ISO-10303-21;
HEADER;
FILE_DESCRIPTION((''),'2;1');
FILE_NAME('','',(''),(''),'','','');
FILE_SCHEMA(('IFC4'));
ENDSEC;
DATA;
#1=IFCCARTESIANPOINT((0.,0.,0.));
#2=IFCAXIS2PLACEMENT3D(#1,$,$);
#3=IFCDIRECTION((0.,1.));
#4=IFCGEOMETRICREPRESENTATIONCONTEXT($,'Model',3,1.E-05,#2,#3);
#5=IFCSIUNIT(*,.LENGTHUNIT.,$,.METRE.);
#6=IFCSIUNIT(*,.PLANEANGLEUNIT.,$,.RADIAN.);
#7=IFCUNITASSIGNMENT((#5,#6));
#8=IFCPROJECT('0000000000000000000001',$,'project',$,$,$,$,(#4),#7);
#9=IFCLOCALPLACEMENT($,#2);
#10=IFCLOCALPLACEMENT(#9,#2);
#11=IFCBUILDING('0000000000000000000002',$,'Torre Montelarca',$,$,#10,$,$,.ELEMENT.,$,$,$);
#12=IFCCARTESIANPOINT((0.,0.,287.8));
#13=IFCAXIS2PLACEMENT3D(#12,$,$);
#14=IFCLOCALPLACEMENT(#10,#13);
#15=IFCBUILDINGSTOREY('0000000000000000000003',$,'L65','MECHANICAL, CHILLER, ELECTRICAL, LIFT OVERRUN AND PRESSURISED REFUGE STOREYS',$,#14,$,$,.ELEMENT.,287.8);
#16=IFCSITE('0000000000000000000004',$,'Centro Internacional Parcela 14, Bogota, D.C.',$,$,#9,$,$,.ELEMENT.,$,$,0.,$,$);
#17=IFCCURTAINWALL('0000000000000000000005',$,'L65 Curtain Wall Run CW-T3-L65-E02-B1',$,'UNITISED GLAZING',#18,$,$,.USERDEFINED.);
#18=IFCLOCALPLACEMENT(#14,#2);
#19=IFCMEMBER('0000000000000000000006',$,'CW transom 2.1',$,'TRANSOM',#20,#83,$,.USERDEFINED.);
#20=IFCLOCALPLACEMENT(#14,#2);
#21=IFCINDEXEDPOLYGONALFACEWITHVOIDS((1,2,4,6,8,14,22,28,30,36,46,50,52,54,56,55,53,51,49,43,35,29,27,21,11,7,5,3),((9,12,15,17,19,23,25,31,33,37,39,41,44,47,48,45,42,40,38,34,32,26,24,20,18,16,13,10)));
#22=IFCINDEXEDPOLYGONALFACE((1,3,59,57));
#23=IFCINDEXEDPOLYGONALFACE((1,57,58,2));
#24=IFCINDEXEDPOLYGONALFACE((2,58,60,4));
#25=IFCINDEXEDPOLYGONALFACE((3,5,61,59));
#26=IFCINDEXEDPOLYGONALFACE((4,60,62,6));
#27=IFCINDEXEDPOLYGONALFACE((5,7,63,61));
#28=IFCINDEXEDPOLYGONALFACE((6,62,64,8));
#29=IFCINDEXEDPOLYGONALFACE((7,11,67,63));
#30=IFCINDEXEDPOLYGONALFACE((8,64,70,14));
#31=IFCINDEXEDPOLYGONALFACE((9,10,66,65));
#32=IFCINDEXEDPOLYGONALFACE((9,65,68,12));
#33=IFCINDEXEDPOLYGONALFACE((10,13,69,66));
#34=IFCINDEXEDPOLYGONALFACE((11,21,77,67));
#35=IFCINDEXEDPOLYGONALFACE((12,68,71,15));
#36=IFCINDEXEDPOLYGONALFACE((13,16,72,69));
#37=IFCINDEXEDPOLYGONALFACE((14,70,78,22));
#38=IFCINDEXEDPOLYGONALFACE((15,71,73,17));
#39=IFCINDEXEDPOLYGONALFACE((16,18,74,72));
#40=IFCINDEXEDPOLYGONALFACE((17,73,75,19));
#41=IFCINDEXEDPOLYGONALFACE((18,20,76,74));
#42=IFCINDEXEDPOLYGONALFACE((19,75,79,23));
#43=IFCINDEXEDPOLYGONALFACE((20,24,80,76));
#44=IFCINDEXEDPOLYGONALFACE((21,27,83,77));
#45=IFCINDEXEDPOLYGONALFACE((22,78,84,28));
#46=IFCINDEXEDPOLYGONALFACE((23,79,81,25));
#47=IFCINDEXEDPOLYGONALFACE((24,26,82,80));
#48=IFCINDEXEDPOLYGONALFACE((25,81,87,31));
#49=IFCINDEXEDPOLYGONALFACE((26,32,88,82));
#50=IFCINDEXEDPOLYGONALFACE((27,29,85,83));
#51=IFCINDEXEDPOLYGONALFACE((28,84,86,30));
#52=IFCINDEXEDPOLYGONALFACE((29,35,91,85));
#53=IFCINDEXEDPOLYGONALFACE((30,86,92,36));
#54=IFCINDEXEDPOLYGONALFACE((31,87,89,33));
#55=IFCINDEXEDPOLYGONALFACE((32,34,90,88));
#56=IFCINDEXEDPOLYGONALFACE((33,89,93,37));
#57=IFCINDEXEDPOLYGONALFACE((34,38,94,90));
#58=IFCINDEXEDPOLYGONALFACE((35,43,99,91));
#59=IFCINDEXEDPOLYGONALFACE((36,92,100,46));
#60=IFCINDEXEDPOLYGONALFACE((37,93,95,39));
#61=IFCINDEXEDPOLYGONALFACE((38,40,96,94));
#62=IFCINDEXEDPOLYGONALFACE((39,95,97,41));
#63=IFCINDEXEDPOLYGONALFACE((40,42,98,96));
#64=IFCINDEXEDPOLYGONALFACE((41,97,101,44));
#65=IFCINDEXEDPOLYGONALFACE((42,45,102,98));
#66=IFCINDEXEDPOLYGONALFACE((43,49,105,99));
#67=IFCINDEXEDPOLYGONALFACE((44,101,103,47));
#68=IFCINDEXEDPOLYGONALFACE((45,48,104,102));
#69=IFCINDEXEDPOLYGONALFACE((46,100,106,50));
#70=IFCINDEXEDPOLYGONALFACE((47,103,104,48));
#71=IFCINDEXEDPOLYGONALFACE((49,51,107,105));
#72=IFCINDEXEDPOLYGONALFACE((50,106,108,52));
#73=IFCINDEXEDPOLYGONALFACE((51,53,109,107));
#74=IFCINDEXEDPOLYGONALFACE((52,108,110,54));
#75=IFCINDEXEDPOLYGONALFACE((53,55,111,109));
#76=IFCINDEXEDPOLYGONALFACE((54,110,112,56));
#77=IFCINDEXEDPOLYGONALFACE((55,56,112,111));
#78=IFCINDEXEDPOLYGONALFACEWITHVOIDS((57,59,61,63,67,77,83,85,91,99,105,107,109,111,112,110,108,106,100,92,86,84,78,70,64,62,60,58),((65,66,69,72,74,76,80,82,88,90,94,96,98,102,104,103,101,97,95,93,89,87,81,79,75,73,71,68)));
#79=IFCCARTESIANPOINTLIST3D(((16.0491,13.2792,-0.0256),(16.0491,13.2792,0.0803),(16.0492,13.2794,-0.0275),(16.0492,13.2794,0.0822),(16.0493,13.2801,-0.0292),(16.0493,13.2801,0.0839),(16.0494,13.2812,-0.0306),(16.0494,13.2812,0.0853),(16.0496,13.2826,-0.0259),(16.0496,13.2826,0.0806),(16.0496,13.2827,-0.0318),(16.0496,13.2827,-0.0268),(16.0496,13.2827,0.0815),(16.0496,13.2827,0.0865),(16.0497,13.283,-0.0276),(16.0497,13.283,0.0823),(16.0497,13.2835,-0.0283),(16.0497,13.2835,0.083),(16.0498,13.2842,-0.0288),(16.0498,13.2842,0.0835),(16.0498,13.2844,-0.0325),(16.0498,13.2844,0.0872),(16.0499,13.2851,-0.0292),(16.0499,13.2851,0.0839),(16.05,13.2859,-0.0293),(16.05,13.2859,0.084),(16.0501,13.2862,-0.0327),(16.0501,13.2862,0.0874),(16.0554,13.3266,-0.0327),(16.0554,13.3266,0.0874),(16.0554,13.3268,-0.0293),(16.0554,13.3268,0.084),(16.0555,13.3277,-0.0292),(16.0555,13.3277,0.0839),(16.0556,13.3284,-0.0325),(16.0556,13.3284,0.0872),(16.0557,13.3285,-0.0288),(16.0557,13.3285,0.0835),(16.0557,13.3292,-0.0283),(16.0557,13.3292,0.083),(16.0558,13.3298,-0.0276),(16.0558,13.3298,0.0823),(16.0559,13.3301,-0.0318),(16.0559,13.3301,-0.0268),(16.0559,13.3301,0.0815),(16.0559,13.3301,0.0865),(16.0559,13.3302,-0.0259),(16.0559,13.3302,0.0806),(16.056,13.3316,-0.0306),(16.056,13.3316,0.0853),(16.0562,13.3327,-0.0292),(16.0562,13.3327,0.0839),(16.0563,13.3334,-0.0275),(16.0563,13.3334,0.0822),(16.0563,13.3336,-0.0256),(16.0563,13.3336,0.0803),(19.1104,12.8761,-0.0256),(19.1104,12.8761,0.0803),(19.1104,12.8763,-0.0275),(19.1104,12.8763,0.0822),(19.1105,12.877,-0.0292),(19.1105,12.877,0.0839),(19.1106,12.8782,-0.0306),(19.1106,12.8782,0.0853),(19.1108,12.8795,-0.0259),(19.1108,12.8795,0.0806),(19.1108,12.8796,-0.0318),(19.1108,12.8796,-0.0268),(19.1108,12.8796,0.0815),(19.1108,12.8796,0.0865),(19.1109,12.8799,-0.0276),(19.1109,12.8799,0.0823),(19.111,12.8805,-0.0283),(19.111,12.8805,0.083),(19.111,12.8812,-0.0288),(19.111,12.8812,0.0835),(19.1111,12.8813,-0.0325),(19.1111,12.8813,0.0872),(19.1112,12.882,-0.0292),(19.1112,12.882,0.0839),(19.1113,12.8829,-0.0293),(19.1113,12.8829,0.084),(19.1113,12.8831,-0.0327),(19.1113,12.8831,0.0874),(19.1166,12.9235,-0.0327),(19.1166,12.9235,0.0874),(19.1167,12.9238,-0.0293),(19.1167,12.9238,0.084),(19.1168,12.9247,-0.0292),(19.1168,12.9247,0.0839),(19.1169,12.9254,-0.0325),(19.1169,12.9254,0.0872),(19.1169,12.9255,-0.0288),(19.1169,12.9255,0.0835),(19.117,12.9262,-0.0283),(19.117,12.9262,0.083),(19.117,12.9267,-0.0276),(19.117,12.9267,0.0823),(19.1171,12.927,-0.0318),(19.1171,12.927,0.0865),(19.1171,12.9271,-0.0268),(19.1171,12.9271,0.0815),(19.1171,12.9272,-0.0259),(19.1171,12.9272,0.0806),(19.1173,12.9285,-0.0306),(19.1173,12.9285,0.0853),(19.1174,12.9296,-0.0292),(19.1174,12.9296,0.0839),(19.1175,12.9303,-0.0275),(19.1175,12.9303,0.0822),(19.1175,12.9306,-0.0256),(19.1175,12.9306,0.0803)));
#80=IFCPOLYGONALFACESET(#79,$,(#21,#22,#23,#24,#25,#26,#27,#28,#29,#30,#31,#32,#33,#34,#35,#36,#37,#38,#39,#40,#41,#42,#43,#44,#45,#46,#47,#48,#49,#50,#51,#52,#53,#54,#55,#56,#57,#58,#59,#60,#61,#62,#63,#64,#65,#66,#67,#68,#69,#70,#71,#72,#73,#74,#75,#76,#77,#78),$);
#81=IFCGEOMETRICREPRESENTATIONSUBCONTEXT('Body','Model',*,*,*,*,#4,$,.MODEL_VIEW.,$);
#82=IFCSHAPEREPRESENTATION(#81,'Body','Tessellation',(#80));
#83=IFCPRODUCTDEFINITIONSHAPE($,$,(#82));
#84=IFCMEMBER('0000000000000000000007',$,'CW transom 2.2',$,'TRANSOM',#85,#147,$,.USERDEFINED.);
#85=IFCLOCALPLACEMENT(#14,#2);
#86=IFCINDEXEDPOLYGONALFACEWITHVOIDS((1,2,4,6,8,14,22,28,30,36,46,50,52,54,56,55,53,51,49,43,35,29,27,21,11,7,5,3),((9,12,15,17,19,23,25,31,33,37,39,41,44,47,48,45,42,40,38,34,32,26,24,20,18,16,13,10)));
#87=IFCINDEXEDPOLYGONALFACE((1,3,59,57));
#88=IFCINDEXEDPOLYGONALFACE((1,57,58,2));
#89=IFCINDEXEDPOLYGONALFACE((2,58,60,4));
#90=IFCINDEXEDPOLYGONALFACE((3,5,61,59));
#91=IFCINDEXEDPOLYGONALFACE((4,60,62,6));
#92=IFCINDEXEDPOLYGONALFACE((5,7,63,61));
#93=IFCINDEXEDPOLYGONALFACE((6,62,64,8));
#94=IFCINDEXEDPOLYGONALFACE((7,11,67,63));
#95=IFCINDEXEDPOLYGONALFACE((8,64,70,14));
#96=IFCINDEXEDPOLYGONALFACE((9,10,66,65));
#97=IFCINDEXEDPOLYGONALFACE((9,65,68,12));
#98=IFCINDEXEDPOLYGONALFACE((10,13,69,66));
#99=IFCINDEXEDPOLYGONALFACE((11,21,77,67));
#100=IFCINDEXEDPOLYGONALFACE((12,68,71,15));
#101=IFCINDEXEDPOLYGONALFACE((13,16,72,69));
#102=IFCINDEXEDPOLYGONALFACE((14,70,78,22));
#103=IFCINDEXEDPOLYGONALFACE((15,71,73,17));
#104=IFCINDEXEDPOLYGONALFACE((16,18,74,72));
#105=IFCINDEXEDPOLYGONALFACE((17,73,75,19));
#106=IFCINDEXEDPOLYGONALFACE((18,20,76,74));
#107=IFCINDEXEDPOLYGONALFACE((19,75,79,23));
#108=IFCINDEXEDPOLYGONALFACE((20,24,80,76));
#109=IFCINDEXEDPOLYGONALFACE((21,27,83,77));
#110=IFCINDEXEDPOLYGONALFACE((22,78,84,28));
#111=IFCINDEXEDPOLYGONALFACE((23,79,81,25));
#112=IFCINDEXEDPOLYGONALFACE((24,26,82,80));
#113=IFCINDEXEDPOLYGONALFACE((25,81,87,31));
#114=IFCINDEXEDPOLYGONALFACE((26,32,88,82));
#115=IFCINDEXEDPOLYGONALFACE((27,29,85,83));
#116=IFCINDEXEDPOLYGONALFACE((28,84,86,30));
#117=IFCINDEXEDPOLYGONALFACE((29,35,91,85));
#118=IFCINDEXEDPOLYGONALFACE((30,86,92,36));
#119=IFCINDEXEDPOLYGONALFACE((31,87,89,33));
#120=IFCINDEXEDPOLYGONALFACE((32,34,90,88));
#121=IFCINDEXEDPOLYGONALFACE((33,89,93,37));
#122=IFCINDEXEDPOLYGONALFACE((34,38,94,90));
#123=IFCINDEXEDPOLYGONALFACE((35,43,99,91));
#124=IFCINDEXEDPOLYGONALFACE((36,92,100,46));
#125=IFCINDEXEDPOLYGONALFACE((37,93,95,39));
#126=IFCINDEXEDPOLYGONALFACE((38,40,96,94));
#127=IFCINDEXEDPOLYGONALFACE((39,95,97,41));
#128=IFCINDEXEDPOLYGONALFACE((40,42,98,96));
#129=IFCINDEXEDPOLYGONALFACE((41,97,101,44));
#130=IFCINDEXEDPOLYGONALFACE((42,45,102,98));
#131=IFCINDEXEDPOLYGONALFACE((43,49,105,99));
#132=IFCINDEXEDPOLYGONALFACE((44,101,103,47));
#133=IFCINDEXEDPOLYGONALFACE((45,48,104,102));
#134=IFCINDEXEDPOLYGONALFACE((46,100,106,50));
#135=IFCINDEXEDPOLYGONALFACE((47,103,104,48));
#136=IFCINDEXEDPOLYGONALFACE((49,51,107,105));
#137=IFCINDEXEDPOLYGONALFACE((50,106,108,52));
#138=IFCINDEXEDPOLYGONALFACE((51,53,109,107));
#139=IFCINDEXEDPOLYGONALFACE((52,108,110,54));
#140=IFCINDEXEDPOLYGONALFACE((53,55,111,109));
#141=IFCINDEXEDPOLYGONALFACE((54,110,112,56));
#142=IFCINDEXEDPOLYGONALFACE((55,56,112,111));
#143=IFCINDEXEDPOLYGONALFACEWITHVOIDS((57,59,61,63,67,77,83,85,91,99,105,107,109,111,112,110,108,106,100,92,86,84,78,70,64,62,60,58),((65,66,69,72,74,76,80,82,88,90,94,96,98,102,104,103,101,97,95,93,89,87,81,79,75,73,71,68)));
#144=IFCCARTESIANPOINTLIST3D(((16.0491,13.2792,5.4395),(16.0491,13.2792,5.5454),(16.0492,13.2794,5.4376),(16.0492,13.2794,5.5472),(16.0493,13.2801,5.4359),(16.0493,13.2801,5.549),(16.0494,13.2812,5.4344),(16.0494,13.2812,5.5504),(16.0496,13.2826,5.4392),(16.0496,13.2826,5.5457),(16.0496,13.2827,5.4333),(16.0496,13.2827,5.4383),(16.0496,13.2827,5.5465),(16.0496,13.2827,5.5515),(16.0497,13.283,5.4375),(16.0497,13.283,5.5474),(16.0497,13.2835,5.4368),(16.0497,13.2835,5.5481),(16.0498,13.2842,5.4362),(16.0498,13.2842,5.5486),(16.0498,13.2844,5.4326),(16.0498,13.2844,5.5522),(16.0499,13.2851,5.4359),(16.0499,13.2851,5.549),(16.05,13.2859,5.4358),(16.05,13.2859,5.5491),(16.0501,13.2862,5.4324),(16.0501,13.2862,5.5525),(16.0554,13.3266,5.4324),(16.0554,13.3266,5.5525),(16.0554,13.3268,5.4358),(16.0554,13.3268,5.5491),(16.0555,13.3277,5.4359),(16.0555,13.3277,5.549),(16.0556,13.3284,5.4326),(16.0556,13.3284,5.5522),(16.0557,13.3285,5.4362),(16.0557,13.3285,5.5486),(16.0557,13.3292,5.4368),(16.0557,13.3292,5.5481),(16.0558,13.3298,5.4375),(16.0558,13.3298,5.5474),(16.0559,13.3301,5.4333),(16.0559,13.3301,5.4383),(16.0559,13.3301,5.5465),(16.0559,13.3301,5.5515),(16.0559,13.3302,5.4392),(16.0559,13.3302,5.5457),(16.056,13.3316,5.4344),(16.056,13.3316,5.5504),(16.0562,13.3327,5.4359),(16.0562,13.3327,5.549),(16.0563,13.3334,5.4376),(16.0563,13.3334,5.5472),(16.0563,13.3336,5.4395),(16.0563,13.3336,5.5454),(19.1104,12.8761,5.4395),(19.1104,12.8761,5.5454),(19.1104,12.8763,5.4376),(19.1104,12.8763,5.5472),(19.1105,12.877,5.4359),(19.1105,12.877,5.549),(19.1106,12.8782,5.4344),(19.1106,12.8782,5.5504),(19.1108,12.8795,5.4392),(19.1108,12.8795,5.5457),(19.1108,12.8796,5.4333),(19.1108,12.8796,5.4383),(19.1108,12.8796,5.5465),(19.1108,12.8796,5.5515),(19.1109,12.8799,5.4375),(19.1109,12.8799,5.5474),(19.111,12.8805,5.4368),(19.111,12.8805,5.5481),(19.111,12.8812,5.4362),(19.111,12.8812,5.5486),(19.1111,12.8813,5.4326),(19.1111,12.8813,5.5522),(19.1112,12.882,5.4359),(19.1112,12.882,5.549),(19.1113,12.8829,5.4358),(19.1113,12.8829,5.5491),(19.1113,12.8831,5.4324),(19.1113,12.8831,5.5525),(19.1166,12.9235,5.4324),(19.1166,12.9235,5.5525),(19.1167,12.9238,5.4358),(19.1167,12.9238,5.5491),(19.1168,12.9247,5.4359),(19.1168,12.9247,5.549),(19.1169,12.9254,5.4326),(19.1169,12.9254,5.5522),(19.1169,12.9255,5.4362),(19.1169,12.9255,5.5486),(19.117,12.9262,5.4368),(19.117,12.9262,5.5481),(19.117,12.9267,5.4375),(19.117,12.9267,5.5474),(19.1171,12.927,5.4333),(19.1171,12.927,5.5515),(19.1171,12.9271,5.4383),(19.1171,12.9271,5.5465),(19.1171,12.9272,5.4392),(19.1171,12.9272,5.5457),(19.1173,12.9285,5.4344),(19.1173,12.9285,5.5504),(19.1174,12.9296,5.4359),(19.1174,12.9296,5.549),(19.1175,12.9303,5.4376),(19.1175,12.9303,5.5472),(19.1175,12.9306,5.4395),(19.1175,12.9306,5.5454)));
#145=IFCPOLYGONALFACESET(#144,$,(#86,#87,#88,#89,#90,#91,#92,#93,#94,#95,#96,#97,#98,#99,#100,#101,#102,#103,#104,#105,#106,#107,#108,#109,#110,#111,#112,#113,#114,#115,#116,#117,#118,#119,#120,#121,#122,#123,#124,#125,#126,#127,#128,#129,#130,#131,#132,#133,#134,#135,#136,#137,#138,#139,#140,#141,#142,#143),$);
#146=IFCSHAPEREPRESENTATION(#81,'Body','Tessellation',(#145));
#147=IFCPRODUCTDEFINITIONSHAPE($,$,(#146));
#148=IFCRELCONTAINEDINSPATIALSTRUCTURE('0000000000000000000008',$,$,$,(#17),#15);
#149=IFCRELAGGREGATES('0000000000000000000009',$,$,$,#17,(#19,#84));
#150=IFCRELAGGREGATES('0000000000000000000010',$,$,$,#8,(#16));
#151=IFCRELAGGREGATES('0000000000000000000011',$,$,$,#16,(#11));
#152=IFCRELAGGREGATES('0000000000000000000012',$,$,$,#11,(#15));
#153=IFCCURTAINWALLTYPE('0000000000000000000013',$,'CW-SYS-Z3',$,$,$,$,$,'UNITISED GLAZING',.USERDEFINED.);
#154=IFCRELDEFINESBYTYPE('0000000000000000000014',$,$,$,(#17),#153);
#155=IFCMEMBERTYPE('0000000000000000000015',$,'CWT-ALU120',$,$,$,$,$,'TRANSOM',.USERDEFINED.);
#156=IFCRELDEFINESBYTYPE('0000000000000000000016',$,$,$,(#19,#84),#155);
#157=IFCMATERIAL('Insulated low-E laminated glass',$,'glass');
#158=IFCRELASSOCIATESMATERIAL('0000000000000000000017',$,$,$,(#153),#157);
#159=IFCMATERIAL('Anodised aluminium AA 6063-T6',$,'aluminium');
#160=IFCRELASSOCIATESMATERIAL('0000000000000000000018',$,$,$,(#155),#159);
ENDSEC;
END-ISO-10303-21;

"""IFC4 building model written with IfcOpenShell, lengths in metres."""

from ifc_helpers import new_model, si_unit, direction, frame, origin, origin_2d, place, context, subcontext, project, spatial, hollow_rectangle, extrude, source, transform, mapped, material, material_profile, profile_set, type_object, element, aggregate, save


model = new_model("IFC4")

# Units and contexts
model_context = context("Model", 3, precision=1e-05, world=origin(), true_north=direction((0.0, 1.0)))
body_context = subcontext(model_context, "Body", "Model", "MODEL_VIEW")
ifc_project = project(units=[si_unit("LENGTHUNIT", "METRE"), si_unit("PLANEANGLEUNIT", "RADIAN")], contexts=[model_context])

# Site, building, storey
site_placement = place(None, origin())
site = spatial("IfcSite", under=ifc_project, at=site_placement, Name="Centro Internacional Parcela 14, Bogota, D.C.", CompositionType="ELEMENT", RefElevation=0.0)
building_placement = place(site_placement, origin())
building = spatial("IfcBuilding", under=site, at=building_placement, Name="Torre Montelarca", CompositionType="ELEMENT")
storey_placement = place(building_placement, frame((0.0, 0.0, 287.8)))
storey = spatial("IfcBuildingStorey", under=building, at=storey_placement, Name="L65", Description="MECHANICAL, CHILLER, ELECTRICAL, LIFT OVERRUN AND PRESSURISED REFUGE STOREYS", CompositionType="ELEMENT", Elevation=287.8)

# Curtain wall
ifc_material_1 = material(Name="Insulated low-E laminated glass", Category="glass")
curtain_wall_type = type_object("IfcCurtainWallType", Name="CW-SYS-Z3", ElementType="UNITISED GLAZING", PredefinedType="USERDEFINED", material=ifc_material_1)
curtain_wall_1_placement = place(storey_placement, origin())
curtain_wall_1 = element("IfcCurtainWall", 1, at=curtain_wall_1_placement, inside=storey, type_object=curtain_wall_type, Name="L65 Curtain Wall Run CW-T3-L65-E02-B1", ObjectType="UNITISED GLAZING", PredefinedType="USERDEFINED")
ifc_material_2 = material(Name="Anodised aluminium AA 6063-T6", Category="aluminium")
ifc_material_profile_1 = material_profile(ifc_material_2, hollow_rectangle(XDim=0.0549, YDim=0.1201, WallThickness=0.0034, InnerFilletRadius=0.0034, OuterFilletRadius=0.0071, at=origin_2d()), Name="ALU55X120X3.5", Category="aluminium")
ifc_profile_set_1 = profile_set([ifc_material_profile_1], Name="Anodised aluminium AA 6063-T6")
member_type_1 = type_object("IfcMemberType", Name="CWT-ALU120", ElementType="TRANSOM", PredefinedType="USERDEFINED", material=ifc_profile_set_1)

# Members
shared_shape_1 = source(origin(), body_context, "Body", "SweptSolid", [
    extrude(hollow_rectangle(XDim=0.0549, YDim=0.1201, WallThickness=0.0034, InnerFilletRadius=0.0034, OuterFilletRadius=0.0071, at=origin_2d()), origin(), (0.0, 0.0, 1.0), 3.0876),
])
member_1_placement = place(storey_placement, frame((16.0527, 13.3064, 0.0273), z_axis=(0.991443, -0.130542, 0.0), x_axis=(0.130542, 0.991443, 0.0)))
member_1 = element("IfcMember", 2, at=member_1_placement, type_object=member_type_1, Name="CW transom 2.1", ObjectType="TRANSOM", PredefinedType="USERDEFINED", context=body_context, shape_type="MappedRepresentation", body=[
    mapped(shared_shape_1, transform((0.0, 0.0, 0.0), scale=1.0)),
])
member_2_placement = place(storey_placement, frame((16.0527, 13.3064, 5.4924), z_axis=(0.991443, -0.130542, 0.0), x_axis=(0.130542, 0.991443, 0.0)))
member_2 = element("IfcMember", 3, at=member_2_placement, type_object=member_type_1, Name="CW transom 2.2", ObjectType="TRANSOM", PredefinedType="USERDEFINED", context=body_context, shape_type="MappedRepresentation", body=[
    mapped(shared_shape_1, transform((0.0, 0.0, 0.0), scale=1.0)),
])

aggregate(curtain_wall_1, [member_1, member_2])

save(model, "model.ifc")
